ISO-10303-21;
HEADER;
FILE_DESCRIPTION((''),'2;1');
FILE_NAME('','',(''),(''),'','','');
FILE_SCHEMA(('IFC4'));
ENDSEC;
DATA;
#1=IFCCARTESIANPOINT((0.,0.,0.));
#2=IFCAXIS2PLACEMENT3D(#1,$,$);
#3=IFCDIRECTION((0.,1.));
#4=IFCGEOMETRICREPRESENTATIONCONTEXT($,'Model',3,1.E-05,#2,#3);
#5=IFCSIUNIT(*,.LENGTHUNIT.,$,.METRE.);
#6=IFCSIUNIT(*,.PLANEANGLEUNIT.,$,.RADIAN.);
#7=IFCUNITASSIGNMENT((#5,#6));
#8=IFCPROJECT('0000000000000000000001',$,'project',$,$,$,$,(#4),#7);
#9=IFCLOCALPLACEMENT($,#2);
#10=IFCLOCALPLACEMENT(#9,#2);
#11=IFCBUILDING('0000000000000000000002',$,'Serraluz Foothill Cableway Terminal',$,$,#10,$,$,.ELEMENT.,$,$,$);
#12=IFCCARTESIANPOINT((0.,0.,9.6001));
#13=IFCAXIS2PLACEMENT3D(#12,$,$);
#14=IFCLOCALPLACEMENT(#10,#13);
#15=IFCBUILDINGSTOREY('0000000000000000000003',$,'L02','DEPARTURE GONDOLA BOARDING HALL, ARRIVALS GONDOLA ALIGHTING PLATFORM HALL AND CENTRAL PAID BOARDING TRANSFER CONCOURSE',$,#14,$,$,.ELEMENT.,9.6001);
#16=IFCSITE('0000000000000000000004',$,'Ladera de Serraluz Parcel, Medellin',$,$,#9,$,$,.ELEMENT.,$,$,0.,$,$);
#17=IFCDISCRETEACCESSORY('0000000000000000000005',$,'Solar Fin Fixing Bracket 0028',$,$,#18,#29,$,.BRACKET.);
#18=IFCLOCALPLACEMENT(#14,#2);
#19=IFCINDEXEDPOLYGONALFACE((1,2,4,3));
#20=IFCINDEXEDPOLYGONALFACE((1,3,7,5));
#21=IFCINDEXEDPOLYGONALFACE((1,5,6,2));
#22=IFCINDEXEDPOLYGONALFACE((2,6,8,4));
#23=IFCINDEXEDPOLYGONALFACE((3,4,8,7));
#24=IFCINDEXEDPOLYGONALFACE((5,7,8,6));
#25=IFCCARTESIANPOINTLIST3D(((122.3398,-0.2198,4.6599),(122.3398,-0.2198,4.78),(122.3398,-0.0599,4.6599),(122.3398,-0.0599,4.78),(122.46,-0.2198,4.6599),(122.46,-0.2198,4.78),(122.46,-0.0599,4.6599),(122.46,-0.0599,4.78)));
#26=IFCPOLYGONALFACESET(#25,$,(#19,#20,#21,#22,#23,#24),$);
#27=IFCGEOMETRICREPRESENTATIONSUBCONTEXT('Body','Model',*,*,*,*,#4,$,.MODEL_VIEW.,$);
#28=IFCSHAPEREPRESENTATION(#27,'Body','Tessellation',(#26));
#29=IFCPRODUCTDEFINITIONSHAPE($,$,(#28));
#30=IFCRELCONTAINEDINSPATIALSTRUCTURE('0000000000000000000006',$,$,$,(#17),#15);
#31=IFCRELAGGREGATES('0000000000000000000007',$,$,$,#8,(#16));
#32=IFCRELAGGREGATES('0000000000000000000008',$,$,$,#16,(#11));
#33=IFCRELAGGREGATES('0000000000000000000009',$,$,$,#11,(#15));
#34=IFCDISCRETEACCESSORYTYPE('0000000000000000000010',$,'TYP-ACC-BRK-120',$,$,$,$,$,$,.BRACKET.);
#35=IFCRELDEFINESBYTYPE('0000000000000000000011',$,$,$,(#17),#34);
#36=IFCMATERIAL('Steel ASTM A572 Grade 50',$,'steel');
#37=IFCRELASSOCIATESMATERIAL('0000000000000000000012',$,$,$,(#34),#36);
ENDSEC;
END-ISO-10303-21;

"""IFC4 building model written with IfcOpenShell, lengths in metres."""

from ifc_helpers import new_model, si_unit, direction, frame, origin, origin_2d, place, context, subcontext, project, spatial, rectangle, extrude, material, type_object, element, save


model = new_model("IFC4")

# Units and contexts
model_context = context("Model", 3, precision=1e-05, world=origin(), true_north=direction((0.0, 1.0)))
body_context = subcontext(model_context, "Body", "Model", "MODEL_VIEW")
ifc_project = project(units=[si_unit("LENGTHUNIT", "METRE"), si_unit("PLANEANGLEUNIT", "RADIAN")], contexts=[model_context])

# Site, building, storey
site_placement = place(None, origin())
site = spatial("IfcSite", under=ifc_project, at=site_placement, Name="Ladera de Serraluz Parcel, Medellin", CompositionType="ELEMENT", RefElevation=0.0)
building_placement = place(site_placement, origin())
building = spatial("IfcBuilding", under=site, at=building_placement, Name="Serraluz Foothill Cableway Terminal", CompositionType="ELEMENT")
storey_placement = place(building_placement, frame((0.0, 0.0, 9.6001)))
storey = spatial("IfcBuildingStorey", under=building, at=storey_placement, Name="L02", Description="DEPARTURE GONDOLA BOARDING HALL, ARRIVALS GONDOLA ALIGHTING PLATFORM HALL AND CENTRAL PAID BOARDING TRANSFER CONCOURSE", CompositionType="ELEMENT", Elevation=9.6001)

# Discrete accessory
ifc_material_1 = material(Name="Steel ASTM A572 Grade 50", Category="steel")
discrete_accessory_type = type_object("IfcDiscreteAccessoryType", Name="TYP-ACC-BRK-120", PredefinedType="BRACKET", material=ifc_material_1)
for number, where, z_axis, x_axis, name in (
    (1, (122.3999, -0.1399, 4.6599), (0.0, 0.0, 1.0), (1.0, 0.0, 0.0), "Solar Fin Fixing Bracket 0028"),
):
    element("IfcDiscreteAccessory", number, at=place(storey_placement, frame(where, z_axis=z_axis, x_axis=x_axis)), inside=storey, type_object=discrete_accessory_type, Name=name, PredefinedType="BRACKET", context=body_context, shape_type="SweptSolid", body=[
        extrude(rectangle(XDim=0.1201, YDim=0.1599, at=origin_2d()), origin(), (0.0, 0.0, 1.0), 0.1201),
    ])

save(model, "model.ifc")
